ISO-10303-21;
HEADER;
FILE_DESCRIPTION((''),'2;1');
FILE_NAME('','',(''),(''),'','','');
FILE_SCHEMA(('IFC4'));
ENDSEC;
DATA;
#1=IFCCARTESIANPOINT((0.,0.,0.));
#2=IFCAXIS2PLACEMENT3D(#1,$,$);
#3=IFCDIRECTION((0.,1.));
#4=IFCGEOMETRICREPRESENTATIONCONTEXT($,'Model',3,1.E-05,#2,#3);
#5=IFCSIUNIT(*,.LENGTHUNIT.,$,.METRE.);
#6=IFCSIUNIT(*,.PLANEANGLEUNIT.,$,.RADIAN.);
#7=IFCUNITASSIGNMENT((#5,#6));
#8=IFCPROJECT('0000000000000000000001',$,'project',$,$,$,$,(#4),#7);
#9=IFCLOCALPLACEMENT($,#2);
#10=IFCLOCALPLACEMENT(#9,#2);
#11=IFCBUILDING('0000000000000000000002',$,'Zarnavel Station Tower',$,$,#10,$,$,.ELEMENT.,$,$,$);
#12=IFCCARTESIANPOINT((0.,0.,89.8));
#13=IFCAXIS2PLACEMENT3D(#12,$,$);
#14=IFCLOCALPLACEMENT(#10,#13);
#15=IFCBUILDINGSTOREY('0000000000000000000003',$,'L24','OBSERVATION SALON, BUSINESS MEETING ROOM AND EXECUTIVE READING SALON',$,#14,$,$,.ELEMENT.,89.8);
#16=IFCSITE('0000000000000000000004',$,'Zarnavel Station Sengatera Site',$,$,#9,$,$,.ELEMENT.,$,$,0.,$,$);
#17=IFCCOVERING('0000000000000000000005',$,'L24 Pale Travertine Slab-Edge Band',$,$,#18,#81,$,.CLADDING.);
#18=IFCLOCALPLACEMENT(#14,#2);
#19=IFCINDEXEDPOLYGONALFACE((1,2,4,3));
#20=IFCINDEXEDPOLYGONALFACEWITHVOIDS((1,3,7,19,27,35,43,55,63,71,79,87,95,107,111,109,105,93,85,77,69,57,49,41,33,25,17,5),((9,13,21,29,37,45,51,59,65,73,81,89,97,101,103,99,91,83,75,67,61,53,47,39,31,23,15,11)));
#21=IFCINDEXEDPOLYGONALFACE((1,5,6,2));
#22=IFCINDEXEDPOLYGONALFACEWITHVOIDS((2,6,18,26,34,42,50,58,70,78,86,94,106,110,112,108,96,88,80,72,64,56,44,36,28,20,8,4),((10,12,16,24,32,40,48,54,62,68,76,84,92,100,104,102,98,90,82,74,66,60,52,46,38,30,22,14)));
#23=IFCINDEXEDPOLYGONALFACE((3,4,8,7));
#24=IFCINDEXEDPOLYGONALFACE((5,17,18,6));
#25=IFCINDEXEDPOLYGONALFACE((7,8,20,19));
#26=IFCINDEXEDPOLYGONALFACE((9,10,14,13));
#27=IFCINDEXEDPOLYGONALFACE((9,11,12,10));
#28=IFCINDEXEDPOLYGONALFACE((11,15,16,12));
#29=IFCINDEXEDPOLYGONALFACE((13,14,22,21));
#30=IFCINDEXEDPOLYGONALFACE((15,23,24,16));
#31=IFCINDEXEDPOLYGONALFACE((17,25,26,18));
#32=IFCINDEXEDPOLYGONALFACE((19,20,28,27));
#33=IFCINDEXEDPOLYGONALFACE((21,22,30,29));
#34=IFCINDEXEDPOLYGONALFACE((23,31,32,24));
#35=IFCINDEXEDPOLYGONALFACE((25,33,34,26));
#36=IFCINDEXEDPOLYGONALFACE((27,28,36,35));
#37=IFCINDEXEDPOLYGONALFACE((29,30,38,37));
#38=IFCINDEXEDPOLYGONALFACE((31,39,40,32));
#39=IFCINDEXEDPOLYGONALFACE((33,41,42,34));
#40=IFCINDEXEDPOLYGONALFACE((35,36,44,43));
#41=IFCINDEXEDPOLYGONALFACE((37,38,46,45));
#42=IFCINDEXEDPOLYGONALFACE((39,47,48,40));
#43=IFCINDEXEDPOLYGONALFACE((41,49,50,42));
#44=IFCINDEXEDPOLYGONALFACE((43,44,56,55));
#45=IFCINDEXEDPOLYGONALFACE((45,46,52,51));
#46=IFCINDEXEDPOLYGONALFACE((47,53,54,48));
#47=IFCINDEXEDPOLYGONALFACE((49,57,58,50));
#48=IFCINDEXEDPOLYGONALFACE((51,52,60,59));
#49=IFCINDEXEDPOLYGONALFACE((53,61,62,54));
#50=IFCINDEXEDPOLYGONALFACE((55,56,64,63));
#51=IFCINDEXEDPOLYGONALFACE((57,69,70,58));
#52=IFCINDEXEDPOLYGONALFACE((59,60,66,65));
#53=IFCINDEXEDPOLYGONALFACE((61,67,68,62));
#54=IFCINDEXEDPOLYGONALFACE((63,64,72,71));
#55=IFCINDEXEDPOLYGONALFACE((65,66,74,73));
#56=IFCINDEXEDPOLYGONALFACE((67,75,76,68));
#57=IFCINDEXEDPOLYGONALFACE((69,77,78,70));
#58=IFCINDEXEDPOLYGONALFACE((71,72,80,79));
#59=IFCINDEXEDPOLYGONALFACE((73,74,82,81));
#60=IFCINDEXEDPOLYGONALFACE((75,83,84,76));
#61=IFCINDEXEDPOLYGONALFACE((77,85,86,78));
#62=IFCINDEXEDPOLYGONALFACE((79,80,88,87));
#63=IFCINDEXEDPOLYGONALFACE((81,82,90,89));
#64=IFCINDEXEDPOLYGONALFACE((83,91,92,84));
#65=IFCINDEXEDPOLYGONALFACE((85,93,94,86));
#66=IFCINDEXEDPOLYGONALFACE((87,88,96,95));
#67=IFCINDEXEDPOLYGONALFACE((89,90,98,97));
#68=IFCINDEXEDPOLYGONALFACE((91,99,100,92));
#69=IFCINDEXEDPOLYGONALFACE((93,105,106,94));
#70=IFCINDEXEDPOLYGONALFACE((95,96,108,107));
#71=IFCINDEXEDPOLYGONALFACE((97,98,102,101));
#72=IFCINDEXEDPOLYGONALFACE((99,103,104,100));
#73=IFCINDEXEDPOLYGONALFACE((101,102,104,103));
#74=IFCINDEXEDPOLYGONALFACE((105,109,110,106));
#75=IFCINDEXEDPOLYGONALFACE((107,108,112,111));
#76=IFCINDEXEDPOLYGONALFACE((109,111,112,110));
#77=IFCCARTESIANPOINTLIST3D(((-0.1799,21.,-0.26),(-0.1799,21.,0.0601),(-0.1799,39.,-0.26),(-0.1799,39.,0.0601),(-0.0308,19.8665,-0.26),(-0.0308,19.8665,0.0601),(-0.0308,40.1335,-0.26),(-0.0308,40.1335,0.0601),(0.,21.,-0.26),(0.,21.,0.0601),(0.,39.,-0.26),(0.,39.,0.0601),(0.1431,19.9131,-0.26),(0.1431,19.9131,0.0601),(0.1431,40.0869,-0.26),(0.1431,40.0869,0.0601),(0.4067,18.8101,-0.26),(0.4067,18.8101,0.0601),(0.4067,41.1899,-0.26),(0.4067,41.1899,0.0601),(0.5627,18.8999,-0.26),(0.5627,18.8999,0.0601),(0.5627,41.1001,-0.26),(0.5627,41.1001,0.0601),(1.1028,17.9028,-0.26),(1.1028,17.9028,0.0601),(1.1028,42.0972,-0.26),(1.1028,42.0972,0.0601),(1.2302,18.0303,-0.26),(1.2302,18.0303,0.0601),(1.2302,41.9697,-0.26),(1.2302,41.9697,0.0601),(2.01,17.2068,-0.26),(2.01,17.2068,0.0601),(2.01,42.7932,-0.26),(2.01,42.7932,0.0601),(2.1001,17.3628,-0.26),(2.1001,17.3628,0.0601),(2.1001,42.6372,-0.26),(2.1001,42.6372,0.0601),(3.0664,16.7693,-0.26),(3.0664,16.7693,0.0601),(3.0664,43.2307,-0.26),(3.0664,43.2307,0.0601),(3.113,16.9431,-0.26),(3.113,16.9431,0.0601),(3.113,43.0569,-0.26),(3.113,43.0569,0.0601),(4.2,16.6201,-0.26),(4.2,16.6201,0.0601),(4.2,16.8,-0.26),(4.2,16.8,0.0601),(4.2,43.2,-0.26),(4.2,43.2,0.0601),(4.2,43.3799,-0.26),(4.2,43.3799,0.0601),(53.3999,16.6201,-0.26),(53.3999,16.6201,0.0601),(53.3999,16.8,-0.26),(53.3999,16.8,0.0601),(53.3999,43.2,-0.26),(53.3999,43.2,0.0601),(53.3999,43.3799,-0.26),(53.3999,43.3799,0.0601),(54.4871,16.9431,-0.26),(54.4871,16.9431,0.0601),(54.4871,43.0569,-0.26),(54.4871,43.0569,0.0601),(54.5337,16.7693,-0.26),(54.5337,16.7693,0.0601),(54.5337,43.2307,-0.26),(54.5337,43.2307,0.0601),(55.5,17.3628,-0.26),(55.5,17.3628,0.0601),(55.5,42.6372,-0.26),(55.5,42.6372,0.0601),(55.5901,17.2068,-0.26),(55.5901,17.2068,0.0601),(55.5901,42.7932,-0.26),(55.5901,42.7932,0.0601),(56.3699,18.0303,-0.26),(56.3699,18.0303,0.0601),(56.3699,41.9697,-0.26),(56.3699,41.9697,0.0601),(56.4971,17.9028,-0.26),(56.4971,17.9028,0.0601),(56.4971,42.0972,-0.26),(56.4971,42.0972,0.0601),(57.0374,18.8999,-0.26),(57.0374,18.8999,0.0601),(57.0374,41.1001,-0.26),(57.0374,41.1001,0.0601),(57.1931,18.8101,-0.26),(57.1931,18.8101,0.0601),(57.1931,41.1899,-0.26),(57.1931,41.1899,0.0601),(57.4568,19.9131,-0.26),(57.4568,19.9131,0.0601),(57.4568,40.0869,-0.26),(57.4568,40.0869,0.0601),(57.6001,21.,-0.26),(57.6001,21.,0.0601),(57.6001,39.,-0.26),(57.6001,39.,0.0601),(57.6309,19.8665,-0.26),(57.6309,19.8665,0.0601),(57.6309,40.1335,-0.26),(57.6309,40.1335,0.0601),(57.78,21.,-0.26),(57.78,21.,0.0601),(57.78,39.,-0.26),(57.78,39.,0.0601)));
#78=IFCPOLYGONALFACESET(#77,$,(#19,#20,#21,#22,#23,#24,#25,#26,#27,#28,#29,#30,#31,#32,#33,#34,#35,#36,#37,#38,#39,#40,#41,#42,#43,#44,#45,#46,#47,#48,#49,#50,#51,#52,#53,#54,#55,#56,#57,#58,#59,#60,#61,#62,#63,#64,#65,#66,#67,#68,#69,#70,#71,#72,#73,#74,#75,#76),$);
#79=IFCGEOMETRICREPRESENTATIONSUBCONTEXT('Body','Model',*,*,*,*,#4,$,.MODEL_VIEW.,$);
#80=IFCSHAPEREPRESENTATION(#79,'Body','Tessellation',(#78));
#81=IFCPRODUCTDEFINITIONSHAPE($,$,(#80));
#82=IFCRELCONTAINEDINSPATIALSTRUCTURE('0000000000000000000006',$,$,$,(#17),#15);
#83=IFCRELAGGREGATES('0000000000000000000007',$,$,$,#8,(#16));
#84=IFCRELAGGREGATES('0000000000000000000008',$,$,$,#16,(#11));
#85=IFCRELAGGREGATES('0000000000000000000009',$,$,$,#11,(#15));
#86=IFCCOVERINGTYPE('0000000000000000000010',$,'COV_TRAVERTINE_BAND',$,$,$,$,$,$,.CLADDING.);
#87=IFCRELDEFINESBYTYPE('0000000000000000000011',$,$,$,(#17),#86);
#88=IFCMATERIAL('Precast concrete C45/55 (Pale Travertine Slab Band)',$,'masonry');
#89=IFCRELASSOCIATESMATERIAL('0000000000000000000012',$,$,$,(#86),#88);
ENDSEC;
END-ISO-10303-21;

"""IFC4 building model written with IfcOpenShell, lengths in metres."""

from ifc_helpers import new_model, si_unit, direction, frame, origin, place, context, subcontext, project, spatial, polyline, outline, extrude, material, type_object, element, save


model = new_model("IFC4")

# Units and contexts
model_context = context("Model", 3, precision=1e-05, world=origin(), true_north=direction((0.0, 1.0)))
body_context = subcontext(model_context, "Body", "Model", "MODEL_VIEW")
ifc_project = project(units=[si_unit("LENGTHUNIT", "METRE"), si_unit("PLANEANGLEUNIT", "RADIAN")], contexts=[model_context])

# Site, building, storey
site_placement = place(None, origin())
site = spatial("IfcSite", under=ifc_project, at=site_placement, Name="Zarnavel Station Sengatera Site", CompositionType="ELEMENT", RefElevation=0.0)
building_placement = place(site_placement, origin())
building = spatial("IfcBuilding", under=site, at=building_placement, Name="Zarnavel Station Tower", CompositionType="ELEMENT")
storey_placement = place(building_placement, frame((0.0, 0.0, 89.8)))
storey = spatial("IfcBuildingStorey", under=building, at=storey_placement, Name="L24", Description="OBSERVATION SALON, BUSINESS MEETING ROOM AND EXECUTIVE READING SALON", CompositionType="ELEMENT", Elevation=89.8)

# Covering
ifc_material_1 = material(Name="Precast concrete C45/55 (Pale Travertine Slab Band)", Category="masonry")
covering_type_1 = type_object("IfcCoveringType", Name="COV_TRAVERTINE_BAND", PredefinedType="CLADDING", material=ifc_material_1)
covering_1_placement = place(storey_placement, frame((0.0, 0.0, -0.26)))
element("IfcCovering", 1, at=covering_1_placement, inside=storey, type_object=covering_type_1, Name="L24 Pale Travertine Slab-Edge Band", PredefinedType="CLADDING", context=body_context, shape_type="SweptSolid", body=[
    extrude(outline(polyline([(53.3999, 16.6201), (54.5337, 16.7693), (55.5901, 17.2068), (56.4971, 17.9028), (57.1931, 18.8101), (57.6309, 19.8665), (57.78, 21.0), (57.78, 39.0), (57.6309, 40.1335), (57.1931, 41.1899), (56.4971, 42.0972), (55.5901, 42.7932), (54.5337, 43.2307), (53.3999, 43.3799), (4.2, 43.3799), (3.0664, 43.2307), (2.01, 42.7932), (1.1028, 42.0972), (0.4067, 41.1899), (-0.0308, 40.1335), (-0.1799, 39.0), (-0.1799, 21.0), (-0.0308, 19.8665), (0.4067, 18.8101), (1.1028, 17.9028), (2.01, 17.2068), (3.0664, 16.7693), (4.2, 16.6201), (53.3999, 16.6201)]), holes=[polyline([(53.3999, 16.8), (54.4871, 16.9431), (55.5, 17.3628), (56.3699, 18.0303), (57.0374, 18.8999), (57.4568, 19.9131), (57.6001, 21.0), (57.6001, 39.0), (57.4568, 40.0869), (57.0374, 41.1001), (56.3699, 41.9697), (55.5, 42.6372), (54.4871, 43.0569), (53.3999, 43.2), (4.2, 43.2), (3.113, 43.0569), (2.1001, 42.6372), (1.2302, 41.9697), (0.5627, 41.1001), (0.1431, 40.0869), (0.0, 39.0), (0.0, 21.0), (0.1431, 19.9131), (0.5627, 18.8999), (1.2302, 18.0303), (2.1001, 17.3628), (3.113, 16.9431), (4.2, 16.8), (53.3999, 16.8)])]), origin(), (0.0, 0.0, 1.0), 0.3201),
])

save(model, "model.ifc")
